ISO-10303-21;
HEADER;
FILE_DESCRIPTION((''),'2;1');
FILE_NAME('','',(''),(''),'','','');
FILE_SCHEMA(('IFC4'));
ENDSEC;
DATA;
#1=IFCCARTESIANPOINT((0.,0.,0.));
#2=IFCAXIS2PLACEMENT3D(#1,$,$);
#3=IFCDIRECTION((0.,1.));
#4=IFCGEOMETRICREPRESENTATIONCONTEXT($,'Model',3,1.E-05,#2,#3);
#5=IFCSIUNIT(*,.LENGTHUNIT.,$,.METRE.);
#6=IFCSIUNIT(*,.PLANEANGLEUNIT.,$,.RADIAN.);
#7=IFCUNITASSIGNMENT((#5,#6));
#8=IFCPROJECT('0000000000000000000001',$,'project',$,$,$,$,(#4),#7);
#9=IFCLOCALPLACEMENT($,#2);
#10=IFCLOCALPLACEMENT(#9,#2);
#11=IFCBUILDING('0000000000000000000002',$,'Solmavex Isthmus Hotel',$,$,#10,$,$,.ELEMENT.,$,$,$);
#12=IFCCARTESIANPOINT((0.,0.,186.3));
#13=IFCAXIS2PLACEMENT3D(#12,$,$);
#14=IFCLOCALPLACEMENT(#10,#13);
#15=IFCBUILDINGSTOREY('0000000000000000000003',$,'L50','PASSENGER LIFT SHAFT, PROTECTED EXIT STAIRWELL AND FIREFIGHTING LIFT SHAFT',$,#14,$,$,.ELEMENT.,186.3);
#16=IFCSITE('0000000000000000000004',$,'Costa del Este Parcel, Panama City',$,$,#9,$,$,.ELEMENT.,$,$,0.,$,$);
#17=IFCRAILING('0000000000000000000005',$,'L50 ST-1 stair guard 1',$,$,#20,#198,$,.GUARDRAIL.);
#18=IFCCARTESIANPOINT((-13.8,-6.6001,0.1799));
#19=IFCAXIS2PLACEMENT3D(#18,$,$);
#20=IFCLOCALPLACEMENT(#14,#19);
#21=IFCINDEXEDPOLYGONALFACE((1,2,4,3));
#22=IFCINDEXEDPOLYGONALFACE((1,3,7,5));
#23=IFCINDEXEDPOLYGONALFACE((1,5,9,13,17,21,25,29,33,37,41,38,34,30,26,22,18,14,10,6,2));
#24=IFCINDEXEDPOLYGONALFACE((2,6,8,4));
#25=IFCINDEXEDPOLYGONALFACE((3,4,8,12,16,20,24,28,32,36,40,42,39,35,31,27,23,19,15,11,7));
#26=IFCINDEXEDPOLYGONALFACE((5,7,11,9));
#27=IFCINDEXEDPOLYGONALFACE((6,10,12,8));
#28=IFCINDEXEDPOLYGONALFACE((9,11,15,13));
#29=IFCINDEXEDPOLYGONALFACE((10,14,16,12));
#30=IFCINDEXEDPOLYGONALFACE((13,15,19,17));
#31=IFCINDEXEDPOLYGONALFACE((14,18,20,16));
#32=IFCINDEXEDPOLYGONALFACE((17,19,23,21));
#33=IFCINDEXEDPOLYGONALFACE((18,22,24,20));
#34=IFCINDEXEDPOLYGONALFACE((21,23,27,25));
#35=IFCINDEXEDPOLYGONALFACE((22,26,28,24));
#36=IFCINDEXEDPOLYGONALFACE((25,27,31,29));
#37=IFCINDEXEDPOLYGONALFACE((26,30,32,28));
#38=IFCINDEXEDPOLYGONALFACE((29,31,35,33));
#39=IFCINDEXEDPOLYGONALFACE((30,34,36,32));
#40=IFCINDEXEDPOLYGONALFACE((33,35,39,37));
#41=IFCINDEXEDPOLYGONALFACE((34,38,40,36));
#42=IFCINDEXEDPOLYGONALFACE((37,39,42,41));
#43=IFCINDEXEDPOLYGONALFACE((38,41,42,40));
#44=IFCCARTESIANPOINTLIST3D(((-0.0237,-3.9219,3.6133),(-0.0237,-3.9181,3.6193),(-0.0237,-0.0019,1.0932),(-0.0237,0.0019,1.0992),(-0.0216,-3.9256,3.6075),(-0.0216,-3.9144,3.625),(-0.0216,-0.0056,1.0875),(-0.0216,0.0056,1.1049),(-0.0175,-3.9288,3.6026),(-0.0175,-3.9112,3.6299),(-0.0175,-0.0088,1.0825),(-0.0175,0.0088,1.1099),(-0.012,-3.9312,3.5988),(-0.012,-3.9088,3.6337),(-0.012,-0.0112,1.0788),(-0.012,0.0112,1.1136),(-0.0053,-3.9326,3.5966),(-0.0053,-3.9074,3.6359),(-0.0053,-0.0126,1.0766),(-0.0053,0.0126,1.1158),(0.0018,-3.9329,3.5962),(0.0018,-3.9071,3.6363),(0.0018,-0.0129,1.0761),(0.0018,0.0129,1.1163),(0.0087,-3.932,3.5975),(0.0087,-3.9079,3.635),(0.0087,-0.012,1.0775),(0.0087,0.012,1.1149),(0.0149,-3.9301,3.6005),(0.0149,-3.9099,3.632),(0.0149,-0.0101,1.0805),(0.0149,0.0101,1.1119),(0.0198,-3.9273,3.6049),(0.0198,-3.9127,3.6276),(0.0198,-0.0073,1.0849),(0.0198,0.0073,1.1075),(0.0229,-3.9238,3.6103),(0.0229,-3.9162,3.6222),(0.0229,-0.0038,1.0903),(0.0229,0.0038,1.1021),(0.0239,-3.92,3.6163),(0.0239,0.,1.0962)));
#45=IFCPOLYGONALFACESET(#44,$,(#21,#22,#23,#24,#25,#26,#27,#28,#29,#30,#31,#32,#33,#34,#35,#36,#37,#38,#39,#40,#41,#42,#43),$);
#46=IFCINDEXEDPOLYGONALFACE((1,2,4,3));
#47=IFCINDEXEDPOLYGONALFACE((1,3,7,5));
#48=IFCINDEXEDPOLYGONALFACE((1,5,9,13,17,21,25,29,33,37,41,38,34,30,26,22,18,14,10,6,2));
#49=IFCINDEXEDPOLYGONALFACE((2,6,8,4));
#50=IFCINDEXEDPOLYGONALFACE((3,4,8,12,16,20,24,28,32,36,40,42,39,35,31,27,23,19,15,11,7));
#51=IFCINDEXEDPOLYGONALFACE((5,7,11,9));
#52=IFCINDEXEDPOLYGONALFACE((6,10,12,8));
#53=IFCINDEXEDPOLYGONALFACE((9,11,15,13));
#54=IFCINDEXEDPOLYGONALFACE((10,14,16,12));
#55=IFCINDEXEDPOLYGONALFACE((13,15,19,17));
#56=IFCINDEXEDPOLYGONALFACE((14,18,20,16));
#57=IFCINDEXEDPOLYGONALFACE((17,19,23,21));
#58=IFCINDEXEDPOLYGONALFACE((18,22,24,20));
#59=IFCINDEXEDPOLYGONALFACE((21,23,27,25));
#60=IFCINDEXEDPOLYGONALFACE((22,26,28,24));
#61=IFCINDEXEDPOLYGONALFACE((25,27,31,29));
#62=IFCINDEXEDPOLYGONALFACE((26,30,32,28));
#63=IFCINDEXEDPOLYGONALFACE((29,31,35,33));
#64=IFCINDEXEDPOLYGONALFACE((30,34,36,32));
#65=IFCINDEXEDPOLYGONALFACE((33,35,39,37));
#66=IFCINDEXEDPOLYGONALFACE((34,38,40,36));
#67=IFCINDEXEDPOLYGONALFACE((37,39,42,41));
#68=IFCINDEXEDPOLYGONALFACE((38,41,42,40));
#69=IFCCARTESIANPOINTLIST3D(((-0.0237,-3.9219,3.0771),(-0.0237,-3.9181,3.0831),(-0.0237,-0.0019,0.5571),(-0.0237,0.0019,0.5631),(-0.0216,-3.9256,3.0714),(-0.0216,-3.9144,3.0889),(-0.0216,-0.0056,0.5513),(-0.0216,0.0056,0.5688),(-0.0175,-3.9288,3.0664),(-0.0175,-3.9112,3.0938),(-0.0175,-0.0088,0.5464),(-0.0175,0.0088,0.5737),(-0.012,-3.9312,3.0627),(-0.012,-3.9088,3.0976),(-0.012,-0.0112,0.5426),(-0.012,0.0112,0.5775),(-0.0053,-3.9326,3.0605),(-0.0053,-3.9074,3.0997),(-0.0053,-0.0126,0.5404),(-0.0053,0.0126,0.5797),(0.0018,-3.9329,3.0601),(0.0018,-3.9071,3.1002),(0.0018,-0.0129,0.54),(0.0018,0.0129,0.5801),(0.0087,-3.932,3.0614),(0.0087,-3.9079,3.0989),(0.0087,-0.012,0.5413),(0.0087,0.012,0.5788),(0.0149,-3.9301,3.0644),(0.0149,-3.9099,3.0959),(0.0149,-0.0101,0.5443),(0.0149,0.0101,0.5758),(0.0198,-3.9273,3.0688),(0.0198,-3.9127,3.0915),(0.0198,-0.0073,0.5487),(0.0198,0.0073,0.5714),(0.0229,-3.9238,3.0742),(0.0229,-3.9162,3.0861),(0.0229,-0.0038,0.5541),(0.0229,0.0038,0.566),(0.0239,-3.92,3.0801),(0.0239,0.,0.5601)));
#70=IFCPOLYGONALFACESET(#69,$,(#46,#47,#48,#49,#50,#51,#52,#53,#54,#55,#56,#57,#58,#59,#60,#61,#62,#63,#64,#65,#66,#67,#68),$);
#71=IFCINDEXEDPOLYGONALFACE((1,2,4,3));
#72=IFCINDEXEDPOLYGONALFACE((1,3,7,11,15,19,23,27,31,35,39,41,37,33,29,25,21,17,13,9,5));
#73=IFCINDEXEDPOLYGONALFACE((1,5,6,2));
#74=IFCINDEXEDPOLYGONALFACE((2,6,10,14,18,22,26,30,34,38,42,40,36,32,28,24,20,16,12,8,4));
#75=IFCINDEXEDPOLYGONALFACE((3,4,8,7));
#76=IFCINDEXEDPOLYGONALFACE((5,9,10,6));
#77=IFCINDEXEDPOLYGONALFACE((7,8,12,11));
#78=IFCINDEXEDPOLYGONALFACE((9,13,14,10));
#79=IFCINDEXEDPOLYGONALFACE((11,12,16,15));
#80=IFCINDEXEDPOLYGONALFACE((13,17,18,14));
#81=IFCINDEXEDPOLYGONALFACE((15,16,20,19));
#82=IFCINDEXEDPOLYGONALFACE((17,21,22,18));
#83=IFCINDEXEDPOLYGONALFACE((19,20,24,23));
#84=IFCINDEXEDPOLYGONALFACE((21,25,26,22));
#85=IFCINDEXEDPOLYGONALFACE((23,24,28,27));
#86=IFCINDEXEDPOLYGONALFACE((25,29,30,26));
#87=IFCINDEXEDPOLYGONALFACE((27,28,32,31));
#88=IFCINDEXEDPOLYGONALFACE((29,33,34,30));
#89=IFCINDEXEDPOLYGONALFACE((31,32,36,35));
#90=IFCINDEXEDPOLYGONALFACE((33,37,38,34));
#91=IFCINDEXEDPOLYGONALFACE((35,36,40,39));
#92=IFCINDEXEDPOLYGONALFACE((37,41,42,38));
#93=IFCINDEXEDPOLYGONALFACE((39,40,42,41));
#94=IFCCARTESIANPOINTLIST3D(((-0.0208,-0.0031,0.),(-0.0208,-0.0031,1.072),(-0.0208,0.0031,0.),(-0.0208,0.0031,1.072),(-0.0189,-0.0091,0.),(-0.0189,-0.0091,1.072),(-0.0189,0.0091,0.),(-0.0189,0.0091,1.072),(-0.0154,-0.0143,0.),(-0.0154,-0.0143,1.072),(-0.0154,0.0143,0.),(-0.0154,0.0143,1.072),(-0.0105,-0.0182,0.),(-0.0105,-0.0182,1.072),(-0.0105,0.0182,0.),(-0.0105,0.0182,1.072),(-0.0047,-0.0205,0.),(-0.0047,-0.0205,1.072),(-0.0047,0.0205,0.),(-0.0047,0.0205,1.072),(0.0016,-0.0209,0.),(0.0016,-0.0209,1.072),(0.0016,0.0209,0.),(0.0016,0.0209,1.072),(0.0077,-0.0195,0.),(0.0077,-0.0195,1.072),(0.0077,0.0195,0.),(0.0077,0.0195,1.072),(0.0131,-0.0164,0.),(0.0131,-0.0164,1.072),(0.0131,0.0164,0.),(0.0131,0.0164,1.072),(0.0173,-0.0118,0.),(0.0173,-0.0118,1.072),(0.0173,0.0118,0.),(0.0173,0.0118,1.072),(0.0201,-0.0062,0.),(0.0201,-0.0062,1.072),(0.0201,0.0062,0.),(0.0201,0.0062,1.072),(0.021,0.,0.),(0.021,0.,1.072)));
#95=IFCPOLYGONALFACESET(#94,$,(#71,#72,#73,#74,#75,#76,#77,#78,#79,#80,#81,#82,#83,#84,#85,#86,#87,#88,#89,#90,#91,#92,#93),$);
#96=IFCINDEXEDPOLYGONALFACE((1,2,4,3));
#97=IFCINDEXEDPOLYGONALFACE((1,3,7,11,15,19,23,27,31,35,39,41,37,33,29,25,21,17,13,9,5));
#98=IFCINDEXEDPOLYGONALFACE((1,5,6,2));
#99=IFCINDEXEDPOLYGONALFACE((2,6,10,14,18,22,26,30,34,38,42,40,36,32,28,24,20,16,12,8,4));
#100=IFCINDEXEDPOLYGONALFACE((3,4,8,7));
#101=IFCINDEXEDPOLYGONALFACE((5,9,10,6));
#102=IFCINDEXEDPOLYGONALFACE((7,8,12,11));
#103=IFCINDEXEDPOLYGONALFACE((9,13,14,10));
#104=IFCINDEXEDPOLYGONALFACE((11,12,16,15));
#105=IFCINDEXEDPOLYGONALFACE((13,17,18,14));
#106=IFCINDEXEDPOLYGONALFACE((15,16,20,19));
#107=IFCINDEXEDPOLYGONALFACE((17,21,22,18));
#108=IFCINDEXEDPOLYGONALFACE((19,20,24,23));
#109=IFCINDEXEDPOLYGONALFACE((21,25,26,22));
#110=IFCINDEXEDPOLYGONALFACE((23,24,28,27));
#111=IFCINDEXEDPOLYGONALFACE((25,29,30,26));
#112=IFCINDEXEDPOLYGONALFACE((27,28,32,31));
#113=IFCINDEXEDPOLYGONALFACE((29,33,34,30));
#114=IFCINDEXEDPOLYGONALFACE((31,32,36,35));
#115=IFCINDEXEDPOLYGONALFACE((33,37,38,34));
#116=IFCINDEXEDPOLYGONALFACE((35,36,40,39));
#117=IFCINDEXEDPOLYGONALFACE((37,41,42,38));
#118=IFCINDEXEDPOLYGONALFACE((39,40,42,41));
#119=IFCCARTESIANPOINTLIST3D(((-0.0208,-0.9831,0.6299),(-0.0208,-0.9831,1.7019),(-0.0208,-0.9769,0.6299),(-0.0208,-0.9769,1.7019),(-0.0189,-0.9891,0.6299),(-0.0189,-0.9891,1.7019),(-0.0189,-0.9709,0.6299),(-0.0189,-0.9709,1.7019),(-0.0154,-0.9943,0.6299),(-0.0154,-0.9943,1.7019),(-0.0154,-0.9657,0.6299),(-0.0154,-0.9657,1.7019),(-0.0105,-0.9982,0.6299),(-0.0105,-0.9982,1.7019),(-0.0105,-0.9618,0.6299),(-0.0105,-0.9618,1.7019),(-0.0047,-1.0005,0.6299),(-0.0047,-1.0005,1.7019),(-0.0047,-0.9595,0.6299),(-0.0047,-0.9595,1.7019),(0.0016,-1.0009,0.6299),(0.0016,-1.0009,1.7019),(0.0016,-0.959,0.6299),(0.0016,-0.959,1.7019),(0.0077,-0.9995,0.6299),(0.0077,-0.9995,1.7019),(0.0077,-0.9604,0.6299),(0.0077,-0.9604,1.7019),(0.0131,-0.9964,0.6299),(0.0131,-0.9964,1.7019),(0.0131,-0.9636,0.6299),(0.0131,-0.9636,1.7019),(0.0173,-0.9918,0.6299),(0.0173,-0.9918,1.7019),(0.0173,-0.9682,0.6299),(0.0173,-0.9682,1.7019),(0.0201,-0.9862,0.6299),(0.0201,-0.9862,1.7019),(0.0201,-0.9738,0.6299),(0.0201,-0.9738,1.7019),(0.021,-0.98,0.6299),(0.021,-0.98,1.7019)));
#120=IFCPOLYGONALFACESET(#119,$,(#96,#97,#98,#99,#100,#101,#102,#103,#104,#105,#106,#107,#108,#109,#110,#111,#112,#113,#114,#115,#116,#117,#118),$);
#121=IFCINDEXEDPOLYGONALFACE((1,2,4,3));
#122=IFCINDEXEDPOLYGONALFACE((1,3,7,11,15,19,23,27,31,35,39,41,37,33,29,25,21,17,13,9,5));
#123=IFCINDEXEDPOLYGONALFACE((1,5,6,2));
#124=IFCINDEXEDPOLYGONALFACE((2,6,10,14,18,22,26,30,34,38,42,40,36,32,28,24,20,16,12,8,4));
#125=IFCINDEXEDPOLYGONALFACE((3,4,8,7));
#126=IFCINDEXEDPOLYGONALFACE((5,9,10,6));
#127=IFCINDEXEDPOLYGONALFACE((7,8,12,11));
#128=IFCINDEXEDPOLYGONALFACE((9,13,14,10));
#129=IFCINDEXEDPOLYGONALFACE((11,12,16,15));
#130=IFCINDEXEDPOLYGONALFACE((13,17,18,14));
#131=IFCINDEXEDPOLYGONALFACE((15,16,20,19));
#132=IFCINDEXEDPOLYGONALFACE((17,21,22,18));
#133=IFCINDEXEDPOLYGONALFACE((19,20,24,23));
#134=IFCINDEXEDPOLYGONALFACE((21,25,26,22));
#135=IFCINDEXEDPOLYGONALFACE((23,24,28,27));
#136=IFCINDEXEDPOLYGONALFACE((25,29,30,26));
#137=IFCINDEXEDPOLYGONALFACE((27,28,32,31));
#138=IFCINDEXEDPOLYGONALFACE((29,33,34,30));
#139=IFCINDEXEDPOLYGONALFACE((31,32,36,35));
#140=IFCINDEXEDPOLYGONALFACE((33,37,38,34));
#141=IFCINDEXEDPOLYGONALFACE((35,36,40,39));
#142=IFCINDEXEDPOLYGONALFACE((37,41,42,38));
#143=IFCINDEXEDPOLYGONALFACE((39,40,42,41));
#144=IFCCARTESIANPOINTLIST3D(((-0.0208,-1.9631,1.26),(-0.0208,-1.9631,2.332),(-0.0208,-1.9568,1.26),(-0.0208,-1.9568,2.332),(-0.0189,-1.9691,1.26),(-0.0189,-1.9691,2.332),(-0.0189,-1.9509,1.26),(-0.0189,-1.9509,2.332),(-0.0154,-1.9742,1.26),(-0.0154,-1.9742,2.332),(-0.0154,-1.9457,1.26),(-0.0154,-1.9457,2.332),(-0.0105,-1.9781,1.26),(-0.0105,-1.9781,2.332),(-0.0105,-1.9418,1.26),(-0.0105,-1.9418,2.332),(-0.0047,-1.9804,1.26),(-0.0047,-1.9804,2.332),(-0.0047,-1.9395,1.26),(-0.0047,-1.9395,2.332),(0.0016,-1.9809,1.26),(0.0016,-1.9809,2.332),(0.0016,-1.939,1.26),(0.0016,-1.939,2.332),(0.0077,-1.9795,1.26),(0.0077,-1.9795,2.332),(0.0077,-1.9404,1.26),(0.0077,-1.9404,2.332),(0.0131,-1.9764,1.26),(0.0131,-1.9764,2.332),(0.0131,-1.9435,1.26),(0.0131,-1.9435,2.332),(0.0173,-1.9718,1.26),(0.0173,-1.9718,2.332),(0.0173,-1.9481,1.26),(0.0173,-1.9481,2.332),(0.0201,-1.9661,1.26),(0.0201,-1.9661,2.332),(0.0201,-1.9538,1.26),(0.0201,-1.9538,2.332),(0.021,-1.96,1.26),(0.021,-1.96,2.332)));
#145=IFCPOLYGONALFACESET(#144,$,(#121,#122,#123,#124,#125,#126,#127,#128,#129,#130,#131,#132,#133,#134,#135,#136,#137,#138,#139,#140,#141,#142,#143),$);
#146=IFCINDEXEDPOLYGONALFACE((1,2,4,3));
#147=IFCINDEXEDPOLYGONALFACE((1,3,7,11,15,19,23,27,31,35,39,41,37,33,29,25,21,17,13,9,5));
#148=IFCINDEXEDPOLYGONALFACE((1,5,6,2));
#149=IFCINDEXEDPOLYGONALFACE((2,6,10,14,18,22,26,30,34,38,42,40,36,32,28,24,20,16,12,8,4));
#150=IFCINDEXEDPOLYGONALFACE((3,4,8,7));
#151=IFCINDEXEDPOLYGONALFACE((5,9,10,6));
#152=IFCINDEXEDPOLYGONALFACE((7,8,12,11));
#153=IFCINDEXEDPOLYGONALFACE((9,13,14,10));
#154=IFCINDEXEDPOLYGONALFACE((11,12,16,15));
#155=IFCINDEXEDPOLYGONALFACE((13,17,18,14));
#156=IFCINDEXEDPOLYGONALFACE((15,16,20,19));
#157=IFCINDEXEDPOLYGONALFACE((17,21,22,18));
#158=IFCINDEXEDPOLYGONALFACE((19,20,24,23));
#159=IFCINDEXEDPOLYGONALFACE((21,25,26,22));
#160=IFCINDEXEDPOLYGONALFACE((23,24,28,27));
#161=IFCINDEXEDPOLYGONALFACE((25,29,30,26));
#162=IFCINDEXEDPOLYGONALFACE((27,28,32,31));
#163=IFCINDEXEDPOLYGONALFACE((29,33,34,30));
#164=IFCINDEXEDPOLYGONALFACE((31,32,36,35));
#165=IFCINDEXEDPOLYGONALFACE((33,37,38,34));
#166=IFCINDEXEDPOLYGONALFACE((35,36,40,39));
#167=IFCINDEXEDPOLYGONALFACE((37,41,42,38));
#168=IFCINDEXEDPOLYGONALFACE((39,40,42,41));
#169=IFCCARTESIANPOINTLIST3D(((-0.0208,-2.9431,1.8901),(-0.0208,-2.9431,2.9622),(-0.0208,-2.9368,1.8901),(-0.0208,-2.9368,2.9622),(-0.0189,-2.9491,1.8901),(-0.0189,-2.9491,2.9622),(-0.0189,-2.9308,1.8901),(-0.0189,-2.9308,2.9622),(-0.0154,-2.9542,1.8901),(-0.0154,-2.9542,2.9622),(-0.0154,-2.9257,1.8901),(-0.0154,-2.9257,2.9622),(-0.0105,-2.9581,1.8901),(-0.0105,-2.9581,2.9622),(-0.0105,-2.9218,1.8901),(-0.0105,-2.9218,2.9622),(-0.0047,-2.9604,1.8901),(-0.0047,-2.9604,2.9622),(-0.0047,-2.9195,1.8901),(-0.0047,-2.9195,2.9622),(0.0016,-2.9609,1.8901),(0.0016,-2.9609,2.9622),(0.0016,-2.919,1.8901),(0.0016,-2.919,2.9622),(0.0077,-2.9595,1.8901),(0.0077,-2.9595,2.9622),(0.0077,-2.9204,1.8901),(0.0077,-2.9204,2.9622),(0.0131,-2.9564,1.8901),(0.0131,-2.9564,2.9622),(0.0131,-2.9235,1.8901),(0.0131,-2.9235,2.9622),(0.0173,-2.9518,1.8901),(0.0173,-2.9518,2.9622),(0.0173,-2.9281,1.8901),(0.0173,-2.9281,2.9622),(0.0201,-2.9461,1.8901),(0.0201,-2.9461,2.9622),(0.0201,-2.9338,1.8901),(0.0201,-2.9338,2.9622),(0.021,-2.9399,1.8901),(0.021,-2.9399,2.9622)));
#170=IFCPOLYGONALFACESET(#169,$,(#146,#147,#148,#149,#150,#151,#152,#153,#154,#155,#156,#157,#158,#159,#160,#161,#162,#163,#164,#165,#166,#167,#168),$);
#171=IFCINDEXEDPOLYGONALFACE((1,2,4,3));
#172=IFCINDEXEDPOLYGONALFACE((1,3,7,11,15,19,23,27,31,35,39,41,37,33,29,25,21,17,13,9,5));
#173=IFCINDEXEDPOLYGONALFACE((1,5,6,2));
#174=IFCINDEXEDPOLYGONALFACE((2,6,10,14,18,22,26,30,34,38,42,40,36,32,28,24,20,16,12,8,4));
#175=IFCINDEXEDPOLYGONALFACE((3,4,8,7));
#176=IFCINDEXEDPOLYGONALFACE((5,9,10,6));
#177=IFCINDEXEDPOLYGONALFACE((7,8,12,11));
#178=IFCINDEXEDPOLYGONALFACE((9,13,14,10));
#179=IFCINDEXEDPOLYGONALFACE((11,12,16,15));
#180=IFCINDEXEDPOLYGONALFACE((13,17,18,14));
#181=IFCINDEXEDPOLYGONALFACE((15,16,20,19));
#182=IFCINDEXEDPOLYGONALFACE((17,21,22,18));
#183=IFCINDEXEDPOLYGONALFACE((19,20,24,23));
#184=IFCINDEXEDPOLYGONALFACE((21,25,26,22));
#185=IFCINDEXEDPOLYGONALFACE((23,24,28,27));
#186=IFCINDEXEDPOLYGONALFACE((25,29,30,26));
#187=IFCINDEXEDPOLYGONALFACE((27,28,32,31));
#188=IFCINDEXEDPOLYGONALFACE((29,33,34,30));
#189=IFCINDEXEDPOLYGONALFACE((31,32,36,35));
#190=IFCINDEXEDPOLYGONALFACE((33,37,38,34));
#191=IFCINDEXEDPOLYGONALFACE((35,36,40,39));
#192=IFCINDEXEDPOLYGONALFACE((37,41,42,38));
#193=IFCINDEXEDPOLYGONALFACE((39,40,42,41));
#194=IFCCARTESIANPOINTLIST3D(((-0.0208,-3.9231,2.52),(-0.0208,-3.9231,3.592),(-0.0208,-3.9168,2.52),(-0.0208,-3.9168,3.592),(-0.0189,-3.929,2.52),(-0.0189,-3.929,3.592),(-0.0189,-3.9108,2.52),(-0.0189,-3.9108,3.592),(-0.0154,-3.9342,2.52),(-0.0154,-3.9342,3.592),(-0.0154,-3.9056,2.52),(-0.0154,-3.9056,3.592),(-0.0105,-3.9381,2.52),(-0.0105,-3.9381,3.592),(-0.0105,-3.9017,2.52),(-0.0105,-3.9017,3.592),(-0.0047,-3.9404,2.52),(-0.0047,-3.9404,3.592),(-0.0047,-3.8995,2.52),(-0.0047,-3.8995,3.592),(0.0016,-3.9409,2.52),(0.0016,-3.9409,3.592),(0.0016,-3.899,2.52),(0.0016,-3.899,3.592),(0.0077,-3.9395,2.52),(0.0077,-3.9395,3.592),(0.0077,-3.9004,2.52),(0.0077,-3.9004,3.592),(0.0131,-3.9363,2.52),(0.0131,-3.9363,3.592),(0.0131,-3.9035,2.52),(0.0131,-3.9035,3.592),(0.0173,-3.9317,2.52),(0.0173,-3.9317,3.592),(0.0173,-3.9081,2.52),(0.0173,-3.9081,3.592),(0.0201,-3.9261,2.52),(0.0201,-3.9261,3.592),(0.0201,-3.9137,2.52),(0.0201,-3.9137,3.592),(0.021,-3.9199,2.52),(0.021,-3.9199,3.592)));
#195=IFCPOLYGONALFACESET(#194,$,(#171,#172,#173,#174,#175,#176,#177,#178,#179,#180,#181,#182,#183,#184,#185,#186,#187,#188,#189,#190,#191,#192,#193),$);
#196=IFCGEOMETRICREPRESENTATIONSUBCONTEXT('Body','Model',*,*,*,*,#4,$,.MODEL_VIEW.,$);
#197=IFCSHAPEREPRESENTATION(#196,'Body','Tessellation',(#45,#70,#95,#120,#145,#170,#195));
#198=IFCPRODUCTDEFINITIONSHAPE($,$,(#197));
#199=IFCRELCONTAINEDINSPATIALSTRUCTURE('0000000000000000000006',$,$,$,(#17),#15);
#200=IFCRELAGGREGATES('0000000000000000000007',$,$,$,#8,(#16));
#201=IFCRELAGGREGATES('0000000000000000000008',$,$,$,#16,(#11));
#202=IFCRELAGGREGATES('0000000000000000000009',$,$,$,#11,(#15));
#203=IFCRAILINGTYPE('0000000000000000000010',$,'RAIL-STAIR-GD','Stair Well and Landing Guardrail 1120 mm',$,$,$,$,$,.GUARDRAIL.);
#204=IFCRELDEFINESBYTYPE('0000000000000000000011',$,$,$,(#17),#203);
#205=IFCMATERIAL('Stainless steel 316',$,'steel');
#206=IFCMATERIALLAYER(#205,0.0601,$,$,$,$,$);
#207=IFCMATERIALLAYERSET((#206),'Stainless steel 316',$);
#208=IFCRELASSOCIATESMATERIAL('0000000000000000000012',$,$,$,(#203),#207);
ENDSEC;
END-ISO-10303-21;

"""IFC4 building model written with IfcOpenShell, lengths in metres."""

from ifc_helpers import new_model, si_unit, direction, frame, origin, origin_2d, place, context, subcontext, project, spatial, circle, extrude, material, layer, layer_set, type_object, element, save


model = new_model("IFC4")

# Units and contexts
model_context = context("Model", 3, precision=1e-05, world=origin(), true_north=direction((0.0, 1.0)))
body_context = subcontext(model_context, "Body", "Model", "MODEL_VIEW")
ifc_project = project(units=[si_unit("LENGTHUNIT", "METRE"), si_unit("PLANEANGLEUNIT", "RADIAN")], contexts=[model_context])

# Site, building, storey
site_placement = place(None, origin())
site = spatial("IfcSite", under=ifc_project, at=site_placement, Name="Costa del Este Parcel, Panama City", CompositionType="ELEMENT", RefElevation=0.0)
building_placement = place(site_placement, origin())
building = spatial("IfcBuilding", under=site, at=building_placement, Name="Solmavex Isthmus Hotel", CompositionType="ELEMENT")
storey_placement = place(building_placement, frame((0.0, 0.0, 186.3)))
storey = spatial("IfcBuildingStorey", under=building, at=storey_placement, Name="L50", Description="PASSENGER LIFT SHAFT, PROTECTED EXIT STAIRWELL AND FIREFIGHTING LIFT SHAFT", CompositionType="ELEMENT", Elevation=186.3)

# Shared definitions
ifc_material_1 = material(Name="Stainless steel 316", Category="steel")

# Railing
ifc_layer_1 = layer(ifc_material_1, 0.0601)
ifc_layer_set_1 = layer_set([ifc_layer_1], Name="Stainless steel 316")
railing_type_1 = type_object("IfcRailingType", Name="RAIL-STAIR-GD", Description="Stair Well and Landing Guardrail 1120 mm", PredefinedType="GUARDRAIL", material=ifc_layer_set_1)
railing_1_placement = place(storey_placement, frame((-13.8, -6.6001, 0.1799)))
element("IfcRailing", 1, at=railing_1_placement, inside=storey, type_object=railing_type_1, Name="L50 ST-1 stair guard 1", PredefinedType="GUARDRAIL", context=body_context, shape_type="SweptSolid", body=[
    extrude(circle(Radius=0.0239, at=origin_2d()), frame((0.0, 0.0, 1.0962), z_axis=(0.0, -0.841172, 0.540768), x_axis=(1.0, 0.0, 0.0)), (0.0, 0.0, 1.0), 4.6602),
    extrude(circle(Radius=0.0239, at=origin_2d()), frame((0.0, 0.0, 0.5601), z_axis=(0.0, -0.841172, 0.540768), x_axis=(1.0, 0.0, 0.0)), (0.0, 0.0, 1.0), 4.6602),
    extrude(circle(Radius=0.021, at=origin_2d()), origin(), (0.0, 0.0, 1.0), 1.072),
    extrude(circle(Radius=0.021, at=origin_2d()), frame((0.0, -0.98, 0.6299)), (0.0, 0.0, 1.0), 1.072),
    extrude(circle(Radius=0.021, at=origin_2d()), frame((0.0, -1.96, 1.26)), (0.0, 0.0, 1.0), 1.072),
    extrude(circle(Radius=0.021, at=origin_2d()), frame((0.0, -2.9399, 1.8901)), (0.0, 0.0, 1.0), 1.072),
    extrude(circle(Radius=0.021, at=origin_2d()), frame((0.0, -3.9199, 2.52)), (0.0, 0.0, 1.0), 1.072),
])

save(model, "model.ifc")
